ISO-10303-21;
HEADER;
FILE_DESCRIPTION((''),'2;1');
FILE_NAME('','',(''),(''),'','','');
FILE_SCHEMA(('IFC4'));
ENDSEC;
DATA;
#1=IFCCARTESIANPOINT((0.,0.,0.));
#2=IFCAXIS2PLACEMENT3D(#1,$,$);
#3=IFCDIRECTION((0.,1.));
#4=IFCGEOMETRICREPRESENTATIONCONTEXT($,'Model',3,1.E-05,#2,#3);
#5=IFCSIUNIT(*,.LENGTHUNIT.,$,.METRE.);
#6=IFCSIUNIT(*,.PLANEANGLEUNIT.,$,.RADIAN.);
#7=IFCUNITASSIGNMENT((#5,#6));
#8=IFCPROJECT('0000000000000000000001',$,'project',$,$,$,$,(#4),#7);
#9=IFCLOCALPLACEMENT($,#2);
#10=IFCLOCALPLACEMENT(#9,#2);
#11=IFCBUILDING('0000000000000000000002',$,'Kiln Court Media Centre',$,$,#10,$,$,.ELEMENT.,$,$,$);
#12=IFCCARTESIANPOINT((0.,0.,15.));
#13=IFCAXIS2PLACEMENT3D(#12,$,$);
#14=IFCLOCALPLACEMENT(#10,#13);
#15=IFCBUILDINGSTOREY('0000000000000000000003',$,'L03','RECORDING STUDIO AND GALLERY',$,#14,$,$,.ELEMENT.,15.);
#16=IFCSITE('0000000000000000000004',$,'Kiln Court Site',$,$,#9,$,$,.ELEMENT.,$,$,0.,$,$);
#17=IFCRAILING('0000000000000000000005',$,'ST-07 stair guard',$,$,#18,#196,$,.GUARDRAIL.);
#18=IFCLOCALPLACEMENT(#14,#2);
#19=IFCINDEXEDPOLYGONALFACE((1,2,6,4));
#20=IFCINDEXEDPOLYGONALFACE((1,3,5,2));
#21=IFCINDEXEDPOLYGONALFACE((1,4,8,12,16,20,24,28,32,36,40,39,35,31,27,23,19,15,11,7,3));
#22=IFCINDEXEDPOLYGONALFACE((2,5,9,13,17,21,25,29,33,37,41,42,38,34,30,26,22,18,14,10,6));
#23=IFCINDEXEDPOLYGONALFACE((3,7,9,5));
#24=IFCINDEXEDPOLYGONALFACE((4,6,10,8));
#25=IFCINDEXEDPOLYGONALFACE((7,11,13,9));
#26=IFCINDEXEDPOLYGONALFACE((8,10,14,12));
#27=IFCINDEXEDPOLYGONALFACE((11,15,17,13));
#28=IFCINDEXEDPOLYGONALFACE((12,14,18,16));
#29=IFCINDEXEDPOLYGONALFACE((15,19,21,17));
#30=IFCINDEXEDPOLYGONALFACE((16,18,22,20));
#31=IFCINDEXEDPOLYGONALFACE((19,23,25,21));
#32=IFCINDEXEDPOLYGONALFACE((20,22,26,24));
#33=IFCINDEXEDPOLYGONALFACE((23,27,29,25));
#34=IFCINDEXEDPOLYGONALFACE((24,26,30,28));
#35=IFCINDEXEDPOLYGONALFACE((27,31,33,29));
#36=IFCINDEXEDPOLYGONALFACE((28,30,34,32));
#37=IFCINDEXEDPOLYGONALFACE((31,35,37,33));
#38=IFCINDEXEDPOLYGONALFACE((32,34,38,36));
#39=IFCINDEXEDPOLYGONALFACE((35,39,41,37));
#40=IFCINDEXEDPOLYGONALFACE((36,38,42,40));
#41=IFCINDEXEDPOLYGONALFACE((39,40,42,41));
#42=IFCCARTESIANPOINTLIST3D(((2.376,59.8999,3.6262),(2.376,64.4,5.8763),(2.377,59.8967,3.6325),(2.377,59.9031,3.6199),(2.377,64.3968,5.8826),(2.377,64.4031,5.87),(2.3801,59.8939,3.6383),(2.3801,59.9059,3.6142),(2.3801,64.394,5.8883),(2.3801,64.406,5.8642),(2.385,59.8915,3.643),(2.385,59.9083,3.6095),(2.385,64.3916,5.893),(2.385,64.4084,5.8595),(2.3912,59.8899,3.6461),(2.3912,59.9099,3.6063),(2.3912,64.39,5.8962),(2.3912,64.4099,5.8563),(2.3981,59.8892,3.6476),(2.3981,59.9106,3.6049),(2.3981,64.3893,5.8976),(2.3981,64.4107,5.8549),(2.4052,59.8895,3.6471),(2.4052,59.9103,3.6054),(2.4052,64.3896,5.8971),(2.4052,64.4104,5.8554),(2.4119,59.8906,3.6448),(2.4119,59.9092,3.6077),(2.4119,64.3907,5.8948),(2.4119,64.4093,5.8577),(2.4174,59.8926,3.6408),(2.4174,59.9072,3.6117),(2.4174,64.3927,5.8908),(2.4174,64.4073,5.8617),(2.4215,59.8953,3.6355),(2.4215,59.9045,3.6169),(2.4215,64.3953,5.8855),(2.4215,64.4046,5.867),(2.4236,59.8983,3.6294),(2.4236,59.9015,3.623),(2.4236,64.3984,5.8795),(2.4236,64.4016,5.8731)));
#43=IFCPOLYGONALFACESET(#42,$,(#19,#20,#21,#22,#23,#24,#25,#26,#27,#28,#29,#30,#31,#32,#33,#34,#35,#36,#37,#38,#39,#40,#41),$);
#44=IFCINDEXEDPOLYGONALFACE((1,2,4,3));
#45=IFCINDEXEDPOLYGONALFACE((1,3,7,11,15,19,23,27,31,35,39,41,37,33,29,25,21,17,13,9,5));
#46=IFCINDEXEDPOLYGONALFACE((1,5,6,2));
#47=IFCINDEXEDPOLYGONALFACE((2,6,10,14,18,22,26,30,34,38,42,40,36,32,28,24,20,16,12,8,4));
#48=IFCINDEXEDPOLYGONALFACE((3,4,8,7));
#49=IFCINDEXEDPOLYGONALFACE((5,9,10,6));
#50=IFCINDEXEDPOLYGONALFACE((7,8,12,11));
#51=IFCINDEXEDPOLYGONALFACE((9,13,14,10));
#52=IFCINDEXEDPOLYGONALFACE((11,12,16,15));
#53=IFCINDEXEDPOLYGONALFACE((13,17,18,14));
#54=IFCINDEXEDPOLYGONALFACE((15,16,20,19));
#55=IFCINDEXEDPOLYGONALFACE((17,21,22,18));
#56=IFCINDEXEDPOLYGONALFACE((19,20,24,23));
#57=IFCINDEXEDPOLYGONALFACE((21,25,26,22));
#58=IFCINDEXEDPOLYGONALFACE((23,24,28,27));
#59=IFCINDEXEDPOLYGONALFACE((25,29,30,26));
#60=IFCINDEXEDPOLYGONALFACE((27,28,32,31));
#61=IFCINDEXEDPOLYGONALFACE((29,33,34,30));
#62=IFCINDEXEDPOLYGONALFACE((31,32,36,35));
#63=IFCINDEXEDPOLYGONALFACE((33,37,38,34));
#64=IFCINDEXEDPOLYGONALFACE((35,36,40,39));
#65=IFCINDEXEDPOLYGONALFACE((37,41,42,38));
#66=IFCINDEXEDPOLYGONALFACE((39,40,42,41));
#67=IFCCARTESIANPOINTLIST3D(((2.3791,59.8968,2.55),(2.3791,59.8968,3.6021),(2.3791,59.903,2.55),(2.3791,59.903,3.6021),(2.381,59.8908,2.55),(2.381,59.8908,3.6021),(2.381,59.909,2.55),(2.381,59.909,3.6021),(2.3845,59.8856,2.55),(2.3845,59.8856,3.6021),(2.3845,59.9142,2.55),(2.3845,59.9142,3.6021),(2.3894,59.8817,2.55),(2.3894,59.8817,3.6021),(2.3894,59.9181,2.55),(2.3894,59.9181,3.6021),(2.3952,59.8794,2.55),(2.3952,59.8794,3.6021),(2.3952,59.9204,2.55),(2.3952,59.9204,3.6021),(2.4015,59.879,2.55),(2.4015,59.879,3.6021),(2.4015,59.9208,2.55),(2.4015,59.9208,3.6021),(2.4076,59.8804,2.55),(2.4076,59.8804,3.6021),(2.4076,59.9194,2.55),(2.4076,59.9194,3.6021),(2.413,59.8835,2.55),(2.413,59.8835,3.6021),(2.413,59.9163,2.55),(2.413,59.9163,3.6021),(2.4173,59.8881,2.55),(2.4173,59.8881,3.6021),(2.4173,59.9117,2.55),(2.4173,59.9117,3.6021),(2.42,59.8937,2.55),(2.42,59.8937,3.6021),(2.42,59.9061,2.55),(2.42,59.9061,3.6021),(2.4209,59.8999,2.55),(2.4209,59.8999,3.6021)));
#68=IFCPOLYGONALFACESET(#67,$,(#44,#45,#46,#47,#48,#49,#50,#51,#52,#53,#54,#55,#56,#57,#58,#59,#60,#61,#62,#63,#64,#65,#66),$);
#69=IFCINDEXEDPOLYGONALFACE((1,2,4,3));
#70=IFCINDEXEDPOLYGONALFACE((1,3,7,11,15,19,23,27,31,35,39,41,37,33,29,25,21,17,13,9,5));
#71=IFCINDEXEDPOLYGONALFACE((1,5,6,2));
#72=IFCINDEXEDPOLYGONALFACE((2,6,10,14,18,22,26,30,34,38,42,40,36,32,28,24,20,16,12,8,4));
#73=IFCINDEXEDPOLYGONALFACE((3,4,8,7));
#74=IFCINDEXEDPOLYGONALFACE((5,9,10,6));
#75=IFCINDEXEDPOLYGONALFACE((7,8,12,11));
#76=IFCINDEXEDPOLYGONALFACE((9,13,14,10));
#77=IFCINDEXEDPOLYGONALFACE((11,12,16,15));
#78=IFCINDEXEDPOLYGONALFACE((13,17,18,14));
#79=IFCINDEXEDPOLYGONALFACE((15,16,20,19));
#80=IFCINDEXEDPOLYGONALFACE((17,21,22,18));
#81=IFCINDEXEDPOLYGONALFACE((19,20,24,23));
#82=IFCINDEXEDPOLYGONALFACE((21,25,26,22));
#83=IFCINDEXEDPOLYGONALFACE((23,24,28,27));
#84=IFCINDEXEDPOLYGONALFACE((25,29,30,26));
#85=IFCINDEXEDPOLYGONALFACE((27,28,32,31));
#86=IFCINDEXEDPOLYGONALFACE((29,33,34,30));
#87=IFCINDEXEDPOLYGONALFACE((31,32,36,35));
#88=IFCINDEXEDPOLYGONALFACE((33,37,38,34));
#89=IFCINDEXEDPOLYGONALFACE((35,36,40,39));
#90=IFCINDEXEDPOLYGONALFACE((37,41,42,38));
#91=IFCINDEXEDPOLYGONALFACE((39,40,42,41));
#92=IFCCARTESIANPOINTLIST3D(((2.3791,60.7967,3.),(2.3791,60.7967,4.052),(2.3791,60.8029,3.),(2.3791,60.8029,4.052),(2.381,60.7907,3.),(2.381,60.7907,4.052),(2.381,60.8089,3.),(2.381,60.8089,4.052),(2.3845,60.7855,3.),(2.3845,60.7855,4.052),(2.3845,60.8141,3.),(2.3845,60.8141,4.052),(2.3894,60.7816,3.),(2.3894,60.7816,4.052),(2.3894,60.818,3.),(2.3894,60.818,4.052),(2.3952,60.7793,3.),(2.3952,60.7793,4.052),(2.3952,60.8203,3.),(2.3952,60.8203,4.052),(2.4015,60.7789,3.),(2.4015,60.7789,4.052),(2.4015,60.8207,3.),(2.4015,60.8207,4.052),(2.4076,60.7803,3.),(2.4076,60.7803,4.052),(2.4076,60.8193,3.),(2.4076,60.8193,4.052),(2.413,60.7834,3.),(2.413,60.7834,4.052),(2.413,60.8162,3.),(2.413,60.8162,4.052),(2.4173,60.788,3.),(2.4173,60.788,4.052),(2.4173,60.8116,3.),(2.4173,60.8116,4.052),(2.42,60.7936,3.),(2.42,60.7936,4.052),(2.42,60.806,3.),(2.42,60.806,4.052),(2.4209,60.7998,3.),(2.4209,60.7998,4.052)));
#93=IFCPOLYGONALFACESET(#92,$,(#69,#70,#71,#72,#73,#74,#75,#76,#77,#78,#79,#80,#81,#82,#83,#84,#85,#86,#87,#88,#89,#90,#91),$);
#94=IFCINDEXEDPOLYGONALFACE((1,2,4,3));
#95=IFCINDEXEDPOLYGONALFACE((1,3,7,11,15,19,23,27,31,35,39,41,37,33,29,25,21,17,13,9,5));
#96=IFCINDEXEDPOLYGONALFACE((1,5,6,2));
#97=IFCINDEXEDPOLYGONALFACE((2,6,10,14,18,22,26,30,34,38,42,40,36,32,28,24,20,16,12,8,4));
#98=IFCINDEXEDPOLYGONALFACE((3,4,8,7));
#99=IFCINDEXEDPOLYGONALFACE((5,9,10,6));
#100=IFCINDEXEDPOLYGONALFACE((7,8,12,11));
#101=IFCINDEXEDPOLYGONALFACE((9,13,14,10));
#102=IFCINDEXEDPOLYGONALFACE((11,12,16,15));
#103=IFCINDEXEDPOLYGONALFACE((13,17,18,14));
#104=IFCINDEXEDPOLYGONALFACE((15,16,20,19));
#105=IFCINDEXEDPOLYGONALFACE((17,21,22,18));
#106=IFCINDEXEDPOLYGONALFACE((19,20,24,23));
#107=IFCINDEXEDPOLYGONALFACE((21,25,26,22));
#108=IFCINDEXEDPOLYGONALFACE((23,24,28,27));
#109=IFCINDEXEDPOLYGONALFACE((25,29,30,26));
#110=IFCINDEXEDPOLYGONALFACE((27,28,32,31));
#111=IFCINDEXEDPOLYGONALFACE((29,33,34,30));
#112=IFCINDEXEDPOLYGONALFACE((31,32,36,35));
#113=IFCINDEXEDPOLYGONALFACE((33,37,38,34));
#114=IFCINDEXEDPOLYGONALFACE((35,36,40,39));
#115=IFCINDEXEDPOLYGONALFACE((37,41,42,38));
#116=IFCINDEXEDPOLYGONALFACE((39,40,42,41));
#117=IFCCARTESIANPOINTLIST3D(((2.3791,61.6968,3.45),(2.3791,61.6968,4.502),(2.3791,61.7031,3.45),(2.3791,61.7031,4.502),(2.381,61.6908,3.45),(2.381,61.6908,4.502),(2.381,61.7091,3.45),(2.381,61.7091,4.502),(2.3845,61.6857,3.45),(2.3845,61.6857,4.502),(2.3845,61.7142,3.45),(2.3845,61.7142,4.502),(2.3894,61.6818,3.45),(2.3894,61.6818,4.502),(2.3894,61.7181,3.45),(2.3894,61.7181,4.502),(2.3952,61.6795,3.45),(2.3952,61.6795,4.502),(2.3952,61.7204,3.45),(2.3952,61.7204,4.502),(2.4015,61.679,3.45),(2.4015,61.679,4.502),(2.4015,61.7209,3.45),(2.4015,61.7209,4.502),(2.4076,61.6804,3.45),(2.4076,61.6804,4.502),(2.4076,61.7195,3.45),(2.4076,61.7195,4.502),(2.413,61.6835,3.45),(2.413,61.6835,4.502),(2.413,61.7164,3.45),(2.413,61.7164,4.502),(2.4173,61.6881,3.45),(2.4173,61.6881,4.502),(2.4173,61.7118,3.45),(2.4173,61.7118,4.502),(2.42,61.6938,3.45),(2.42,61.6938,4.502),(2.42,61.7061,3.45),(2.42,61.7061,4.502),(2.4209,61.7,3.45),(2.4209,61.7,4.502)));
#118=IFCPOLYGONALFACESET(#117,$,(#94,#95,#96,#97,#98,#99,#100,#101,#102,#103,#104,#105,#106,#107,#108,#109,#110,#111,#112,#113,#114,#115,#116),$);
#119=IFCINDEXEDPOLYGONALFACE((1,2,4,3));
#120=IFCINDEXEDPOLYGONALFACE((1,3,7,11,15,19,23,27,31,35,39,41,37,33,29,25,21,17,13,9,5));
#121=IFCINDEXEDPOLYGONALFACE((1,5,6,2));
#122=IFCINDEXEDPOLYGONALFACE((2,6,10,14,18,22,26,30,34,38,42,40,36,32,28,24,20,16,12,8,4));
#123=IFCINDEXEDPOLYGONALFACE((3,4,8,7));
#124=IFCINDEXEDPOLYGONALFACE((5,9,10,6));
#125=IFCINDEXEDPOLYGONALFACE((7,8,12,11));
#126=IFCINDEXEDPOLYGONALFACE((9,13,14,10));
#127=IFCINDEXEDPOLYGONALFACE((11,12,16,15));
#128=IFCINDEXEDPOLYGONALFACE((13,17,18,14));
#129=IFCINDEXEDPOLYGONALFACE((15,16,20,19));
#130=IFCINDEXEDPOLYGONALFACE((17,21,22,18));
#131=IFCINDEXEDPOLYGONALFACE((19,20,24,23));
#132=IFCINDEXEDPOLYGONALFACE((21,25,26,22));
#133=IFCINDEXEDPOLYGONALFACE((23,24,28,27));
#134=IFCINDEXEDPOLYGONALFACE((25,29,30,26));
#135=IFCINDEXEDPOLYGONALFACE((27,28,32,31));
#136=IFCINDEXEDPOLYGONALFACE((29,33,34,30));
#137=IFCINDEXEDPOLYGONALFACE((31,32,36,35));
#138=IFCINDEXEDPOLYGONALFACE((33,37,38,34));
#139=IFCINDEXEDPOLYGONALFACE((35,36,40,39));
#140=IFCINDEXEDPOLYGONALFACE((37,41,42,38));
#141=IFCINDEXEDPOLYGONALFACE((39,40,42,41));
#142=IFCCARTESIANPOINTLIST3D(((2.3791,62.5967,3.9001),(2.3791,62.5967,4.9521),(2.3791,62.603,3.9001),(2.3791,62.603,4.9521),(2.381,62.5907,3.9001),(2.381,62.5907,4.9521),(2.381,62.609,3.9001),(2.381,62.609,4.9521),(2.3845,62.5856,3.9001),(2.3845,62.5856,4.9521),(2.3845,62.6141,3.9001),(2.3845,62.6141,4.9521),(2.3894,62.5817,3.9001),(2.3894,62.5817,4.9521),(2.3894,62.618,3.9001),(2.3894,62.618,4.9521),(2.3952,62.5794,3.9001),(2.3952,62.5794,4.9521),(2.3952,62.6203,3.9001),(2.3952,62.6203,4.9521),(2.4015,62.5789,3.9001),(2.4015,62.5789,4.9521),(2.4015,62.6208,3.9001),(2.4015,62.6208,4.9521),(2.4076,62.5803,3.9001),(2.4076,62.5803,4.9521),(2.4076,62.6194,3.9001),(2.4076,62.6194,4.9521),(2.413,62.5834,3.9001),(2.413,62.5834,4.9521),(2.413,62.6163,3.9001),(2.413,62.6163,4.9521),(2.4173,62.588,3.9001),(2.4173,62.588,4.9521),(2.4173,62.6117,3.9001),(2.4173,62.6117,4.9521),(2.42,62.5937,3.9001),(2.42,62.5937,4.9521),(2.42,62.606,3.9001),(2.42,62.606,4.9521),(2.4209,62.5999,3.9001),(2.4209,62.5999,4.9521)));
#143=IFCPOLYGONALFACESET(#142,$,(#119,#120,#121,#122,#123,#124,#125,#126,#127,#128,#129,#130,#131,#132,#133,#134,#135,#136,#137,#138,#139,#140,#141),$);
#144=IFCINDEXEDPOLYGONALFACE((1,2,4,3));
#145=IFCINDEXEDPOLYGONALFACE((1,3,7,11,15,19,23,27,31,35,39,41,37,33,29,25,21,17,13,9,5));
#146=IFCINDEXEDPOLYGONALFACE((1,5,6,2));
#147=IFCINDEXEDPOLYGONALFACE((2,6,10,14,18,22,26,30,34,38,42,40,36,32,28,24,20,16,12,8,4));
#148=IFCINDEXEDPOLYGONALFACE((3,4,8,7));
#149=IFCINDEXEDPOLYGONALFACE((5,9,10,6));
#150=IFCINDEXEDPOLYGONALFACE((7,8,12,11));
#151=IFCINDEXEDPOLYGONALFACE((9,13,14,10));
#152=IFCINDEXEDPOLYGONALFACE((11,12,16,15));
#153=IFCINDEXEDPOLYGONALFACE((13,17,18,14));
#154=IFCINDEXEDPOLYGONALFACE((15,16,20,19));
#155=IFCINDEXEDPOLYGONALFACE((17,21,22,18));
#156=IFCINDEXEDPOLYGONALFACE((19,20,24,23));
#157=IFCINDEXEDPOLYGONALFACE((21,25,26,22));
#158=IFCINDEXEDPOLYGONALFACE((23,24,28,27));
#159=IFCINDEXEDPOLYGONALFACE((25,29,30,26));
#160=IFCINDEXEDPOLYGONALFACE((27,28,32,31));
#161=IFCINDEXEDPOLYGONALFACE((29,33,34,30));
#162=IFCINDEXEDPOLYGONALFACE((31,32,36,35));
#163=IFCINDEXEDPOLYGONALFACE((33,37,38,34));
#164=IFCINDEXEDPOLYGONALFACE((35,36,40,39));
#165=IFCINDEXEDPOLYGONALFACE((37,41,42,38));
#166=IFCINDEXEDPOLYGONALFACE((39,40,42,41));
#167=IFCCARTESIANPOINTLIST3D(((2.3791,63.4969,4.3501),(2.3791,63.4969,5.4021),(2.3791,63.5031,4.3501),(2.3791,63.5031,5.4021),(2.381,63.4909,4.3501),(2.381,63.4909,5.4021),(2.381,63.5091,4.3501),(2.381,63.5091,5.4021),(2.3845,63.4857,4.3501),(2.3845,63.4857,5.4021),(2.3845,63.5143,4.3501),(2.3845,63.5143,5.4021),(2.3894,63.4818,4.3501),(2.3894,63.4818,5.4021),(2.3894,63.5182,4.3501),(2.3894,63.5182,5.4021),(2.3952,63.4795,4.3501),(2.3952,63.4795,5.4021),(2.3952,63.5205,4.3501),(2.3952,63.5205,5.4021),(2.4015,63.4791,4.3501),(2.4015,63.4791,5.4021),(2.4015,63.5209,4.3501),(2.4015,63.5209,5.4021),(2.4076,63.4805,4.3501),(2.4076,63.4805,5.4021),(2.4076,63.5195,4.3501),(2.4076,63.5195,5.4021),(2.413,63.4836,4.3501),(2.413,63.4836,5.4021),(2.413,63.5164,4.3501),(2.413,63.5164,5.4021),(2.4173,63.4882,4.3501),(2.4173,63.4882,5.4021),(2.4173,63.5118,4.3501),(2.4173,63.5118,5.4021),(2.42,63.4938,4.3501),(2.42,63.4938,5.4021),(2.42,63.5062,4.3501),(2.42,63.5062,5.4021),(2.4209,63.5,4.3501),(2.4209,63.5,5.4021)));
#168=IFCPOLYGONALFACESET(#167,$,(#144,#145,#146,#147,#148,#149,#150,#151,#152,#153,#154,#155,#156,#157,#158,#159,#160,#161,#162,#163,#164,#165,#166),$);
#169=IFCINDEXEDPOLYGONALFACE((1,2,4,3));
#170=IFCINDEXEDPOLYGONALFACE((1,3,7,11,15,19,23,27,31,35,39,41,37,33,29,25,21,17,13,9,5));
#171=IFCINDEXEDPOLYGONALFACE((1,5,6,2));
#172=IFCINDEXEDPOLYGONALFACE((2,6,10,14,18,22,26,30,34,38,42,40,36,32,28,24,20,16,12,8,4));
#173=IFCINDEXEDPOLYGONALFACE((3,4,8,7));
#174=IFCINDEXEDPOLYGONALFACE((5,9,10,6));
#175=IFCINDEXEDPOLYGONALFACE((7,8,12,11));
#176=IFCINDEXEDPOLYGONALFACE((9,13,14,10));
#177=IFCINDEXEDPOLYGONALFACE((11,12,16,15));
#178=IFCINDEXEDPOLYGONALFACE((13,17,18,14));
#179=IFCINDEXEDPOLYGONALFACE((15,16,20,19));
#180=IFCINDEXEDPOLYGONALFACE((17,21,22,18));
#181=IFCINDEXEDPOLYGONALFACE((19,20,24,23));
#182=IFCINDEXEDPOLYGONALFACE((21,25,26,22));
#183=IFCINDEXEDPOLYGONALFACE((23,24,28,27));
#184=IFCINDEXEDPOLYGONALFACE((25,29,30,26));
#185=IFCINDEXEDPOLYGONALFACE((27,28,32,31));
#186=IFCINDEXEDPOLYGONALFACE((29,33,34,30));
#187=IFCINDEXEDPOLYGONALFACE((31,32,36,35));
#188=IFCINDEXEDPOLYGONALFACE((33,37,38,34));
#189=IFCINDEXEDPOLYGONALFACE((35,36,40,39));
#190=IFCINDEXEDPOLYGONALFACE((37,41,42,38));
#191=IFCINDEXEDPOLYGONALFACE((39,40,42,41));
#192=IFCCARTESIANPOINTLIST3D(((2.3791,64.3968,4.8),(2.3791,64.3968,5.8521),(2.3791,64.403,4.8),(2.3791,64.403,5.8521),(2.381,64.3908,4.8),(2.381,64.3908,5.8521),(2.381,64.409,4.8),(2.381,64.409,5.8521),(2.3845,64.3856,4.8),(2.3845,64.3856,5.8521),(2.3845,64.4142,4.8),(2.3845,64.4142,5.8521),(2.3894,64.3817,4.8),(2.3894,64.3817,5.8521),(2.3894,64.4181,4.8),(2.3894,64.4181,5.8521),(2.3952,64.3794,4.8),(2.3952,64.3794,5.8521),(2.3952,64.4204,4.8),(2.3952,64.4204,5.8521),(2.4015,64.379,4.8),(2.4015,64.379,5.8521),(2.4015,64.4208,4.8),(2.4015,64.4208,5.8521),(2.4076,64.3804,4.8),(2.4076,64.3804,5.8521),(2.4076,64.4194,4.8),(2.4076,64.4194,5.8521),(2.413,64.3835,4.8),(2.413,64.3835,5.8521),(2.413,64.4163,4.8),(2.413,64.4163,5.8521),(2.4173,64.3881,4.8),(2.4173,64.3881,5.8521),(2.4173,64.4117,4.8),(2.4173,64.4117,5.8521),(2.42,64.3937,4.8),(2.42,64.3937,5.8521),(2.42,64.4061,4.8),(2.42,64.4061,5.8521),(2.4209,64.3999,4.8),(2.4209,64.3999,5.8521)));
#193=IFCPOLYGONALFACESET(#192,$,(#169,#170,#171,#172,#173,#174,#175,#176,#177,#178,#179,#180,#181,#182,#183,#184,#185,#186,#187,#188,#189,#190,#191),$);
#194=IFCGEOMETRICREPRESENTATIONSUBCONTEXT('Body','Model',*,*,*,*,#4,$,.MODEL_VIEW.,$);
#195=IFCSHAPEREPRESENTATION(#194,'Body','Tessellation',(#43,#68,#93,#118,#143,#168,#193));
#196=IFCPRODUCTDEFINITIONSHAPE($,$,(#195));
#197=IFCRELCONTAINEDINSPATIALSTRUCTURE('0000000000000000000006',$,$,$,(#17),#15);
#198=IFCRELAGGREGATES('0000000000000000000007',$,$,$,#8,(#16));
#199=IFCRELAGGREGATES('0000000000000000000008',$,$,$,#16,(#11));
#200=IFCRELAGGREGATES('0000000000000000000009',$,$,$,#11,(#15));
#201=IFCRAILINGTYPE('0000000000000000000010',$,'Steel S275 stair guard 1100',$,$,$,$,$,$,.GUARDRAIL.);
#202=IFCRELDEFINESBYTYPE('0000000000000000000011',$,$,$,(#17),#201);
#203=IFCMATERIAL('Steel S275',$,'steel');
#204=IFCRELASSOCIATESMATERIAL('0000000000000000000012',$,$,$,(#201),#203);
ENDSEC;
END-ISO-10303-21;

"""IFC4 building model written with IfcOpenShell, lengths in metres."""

from ifc_helpers import new_model, si_unit, direction, frame, origin, origin_2d, place, context, subcontext, project, spatial, circle, extrude, material, type_object, element, save


model = new_model("IFC4")

# Units and contexts
model_context = context("Model", 3, precision=1e-05, world=origin(), true_north=direction((0.0, 1.0)))
body_context = subcontext(model_context, "Body", "Model", "MODEL_VIEW")
ifc_project = project(units=[si_unit("LENGTHUNIT", "METRE"), si_unit("PLANEANGLEUNIT", "RADIAN")], contexts=[model_context])

# Site, building, storey
site_placement = place(None, origin())
site = spatial("IfcSite", under=ifc_project, at=site_placement, Name="Kiln Court Site", CompositionType="ELEMENT", RefElevation=0.0)
building_placement = place(site_placement, origin())
building = spatial("IfcBuilding", under=site, at=building_placement, Name="Kiln Court Media Centre", CompositionType="ELEMENT")
storey_placement = place(building_placement, frame((0.0, 0.0, 15.0)))
storey = spatial("IfcBuildingStorey", under=building, at=storey_placement, Name="L03", Description="RECORDING STUDIO AND GALLERY", CompositionType="ELEMENT", Elevation=15.0)

# Railing
ifc_material_1 = material(Name="Steel S275", Category="steel")
railing_type_1 = type_object("IfcRailingType", Name="Steel S275 stair guard 1100", PredefinedType="GUARDRAIL", material=ifc_material_1)
railing_1_placement = place(storey_placement, frame((2.3999, 59.8999, 2.55)))
element("IfcRailing", 1, at=railing_1_placement, inside=storey, type_object=railing_type_1, Name="ST-07 stair guard", PredefinedType="GUARDRAIL", context=body_context, shape_type="SweptSolid", body=[
    extrude(circle(Radius=0.0239, at=origin_2d()), frame((0.0, 0.0, 1.0762), z_axis=(0.0, 0.894427, 0.447214), x_axis=(-1.0, 0.0, 0.0)), (0.0, 0.0, 1.0), 5.0312),
    extrude(circle(Radius=0.021, at=origin_2d()), origin(), (0.0, 0.0, 1.0), 1.052),
    extrude(circle(Radius=0.021, at=origin_2d()), frame((0.0, 0.8999, 0.45)), (0.0, 0.0, 1.0), 1.052),
    extrude(circle(Radius=0.021, at=origin_2d()), frame((0.0, 1.8, 0.8999)), (0.0, 0.0, 1.0), 1.052),
    extrude(circle(Radius=0.021, at=origin_2d()), frame((0.0, 2.7, 1.3501)), (0.0, 0.0, 1.0), 1.052),
    extrude(circle(Radius=0.021, at=origin_2d()), frame((0.0, 3.6001, 1.8)), (0.0, 0.0, 1.0), 1.052),
    extrude(circle(Radius=0.021, at=origin_2d()), frame((0.0, 4.5, 2.25)), (0.0, 0.0, 1.0), 1.052),
])

save(model, "model.ifc")
